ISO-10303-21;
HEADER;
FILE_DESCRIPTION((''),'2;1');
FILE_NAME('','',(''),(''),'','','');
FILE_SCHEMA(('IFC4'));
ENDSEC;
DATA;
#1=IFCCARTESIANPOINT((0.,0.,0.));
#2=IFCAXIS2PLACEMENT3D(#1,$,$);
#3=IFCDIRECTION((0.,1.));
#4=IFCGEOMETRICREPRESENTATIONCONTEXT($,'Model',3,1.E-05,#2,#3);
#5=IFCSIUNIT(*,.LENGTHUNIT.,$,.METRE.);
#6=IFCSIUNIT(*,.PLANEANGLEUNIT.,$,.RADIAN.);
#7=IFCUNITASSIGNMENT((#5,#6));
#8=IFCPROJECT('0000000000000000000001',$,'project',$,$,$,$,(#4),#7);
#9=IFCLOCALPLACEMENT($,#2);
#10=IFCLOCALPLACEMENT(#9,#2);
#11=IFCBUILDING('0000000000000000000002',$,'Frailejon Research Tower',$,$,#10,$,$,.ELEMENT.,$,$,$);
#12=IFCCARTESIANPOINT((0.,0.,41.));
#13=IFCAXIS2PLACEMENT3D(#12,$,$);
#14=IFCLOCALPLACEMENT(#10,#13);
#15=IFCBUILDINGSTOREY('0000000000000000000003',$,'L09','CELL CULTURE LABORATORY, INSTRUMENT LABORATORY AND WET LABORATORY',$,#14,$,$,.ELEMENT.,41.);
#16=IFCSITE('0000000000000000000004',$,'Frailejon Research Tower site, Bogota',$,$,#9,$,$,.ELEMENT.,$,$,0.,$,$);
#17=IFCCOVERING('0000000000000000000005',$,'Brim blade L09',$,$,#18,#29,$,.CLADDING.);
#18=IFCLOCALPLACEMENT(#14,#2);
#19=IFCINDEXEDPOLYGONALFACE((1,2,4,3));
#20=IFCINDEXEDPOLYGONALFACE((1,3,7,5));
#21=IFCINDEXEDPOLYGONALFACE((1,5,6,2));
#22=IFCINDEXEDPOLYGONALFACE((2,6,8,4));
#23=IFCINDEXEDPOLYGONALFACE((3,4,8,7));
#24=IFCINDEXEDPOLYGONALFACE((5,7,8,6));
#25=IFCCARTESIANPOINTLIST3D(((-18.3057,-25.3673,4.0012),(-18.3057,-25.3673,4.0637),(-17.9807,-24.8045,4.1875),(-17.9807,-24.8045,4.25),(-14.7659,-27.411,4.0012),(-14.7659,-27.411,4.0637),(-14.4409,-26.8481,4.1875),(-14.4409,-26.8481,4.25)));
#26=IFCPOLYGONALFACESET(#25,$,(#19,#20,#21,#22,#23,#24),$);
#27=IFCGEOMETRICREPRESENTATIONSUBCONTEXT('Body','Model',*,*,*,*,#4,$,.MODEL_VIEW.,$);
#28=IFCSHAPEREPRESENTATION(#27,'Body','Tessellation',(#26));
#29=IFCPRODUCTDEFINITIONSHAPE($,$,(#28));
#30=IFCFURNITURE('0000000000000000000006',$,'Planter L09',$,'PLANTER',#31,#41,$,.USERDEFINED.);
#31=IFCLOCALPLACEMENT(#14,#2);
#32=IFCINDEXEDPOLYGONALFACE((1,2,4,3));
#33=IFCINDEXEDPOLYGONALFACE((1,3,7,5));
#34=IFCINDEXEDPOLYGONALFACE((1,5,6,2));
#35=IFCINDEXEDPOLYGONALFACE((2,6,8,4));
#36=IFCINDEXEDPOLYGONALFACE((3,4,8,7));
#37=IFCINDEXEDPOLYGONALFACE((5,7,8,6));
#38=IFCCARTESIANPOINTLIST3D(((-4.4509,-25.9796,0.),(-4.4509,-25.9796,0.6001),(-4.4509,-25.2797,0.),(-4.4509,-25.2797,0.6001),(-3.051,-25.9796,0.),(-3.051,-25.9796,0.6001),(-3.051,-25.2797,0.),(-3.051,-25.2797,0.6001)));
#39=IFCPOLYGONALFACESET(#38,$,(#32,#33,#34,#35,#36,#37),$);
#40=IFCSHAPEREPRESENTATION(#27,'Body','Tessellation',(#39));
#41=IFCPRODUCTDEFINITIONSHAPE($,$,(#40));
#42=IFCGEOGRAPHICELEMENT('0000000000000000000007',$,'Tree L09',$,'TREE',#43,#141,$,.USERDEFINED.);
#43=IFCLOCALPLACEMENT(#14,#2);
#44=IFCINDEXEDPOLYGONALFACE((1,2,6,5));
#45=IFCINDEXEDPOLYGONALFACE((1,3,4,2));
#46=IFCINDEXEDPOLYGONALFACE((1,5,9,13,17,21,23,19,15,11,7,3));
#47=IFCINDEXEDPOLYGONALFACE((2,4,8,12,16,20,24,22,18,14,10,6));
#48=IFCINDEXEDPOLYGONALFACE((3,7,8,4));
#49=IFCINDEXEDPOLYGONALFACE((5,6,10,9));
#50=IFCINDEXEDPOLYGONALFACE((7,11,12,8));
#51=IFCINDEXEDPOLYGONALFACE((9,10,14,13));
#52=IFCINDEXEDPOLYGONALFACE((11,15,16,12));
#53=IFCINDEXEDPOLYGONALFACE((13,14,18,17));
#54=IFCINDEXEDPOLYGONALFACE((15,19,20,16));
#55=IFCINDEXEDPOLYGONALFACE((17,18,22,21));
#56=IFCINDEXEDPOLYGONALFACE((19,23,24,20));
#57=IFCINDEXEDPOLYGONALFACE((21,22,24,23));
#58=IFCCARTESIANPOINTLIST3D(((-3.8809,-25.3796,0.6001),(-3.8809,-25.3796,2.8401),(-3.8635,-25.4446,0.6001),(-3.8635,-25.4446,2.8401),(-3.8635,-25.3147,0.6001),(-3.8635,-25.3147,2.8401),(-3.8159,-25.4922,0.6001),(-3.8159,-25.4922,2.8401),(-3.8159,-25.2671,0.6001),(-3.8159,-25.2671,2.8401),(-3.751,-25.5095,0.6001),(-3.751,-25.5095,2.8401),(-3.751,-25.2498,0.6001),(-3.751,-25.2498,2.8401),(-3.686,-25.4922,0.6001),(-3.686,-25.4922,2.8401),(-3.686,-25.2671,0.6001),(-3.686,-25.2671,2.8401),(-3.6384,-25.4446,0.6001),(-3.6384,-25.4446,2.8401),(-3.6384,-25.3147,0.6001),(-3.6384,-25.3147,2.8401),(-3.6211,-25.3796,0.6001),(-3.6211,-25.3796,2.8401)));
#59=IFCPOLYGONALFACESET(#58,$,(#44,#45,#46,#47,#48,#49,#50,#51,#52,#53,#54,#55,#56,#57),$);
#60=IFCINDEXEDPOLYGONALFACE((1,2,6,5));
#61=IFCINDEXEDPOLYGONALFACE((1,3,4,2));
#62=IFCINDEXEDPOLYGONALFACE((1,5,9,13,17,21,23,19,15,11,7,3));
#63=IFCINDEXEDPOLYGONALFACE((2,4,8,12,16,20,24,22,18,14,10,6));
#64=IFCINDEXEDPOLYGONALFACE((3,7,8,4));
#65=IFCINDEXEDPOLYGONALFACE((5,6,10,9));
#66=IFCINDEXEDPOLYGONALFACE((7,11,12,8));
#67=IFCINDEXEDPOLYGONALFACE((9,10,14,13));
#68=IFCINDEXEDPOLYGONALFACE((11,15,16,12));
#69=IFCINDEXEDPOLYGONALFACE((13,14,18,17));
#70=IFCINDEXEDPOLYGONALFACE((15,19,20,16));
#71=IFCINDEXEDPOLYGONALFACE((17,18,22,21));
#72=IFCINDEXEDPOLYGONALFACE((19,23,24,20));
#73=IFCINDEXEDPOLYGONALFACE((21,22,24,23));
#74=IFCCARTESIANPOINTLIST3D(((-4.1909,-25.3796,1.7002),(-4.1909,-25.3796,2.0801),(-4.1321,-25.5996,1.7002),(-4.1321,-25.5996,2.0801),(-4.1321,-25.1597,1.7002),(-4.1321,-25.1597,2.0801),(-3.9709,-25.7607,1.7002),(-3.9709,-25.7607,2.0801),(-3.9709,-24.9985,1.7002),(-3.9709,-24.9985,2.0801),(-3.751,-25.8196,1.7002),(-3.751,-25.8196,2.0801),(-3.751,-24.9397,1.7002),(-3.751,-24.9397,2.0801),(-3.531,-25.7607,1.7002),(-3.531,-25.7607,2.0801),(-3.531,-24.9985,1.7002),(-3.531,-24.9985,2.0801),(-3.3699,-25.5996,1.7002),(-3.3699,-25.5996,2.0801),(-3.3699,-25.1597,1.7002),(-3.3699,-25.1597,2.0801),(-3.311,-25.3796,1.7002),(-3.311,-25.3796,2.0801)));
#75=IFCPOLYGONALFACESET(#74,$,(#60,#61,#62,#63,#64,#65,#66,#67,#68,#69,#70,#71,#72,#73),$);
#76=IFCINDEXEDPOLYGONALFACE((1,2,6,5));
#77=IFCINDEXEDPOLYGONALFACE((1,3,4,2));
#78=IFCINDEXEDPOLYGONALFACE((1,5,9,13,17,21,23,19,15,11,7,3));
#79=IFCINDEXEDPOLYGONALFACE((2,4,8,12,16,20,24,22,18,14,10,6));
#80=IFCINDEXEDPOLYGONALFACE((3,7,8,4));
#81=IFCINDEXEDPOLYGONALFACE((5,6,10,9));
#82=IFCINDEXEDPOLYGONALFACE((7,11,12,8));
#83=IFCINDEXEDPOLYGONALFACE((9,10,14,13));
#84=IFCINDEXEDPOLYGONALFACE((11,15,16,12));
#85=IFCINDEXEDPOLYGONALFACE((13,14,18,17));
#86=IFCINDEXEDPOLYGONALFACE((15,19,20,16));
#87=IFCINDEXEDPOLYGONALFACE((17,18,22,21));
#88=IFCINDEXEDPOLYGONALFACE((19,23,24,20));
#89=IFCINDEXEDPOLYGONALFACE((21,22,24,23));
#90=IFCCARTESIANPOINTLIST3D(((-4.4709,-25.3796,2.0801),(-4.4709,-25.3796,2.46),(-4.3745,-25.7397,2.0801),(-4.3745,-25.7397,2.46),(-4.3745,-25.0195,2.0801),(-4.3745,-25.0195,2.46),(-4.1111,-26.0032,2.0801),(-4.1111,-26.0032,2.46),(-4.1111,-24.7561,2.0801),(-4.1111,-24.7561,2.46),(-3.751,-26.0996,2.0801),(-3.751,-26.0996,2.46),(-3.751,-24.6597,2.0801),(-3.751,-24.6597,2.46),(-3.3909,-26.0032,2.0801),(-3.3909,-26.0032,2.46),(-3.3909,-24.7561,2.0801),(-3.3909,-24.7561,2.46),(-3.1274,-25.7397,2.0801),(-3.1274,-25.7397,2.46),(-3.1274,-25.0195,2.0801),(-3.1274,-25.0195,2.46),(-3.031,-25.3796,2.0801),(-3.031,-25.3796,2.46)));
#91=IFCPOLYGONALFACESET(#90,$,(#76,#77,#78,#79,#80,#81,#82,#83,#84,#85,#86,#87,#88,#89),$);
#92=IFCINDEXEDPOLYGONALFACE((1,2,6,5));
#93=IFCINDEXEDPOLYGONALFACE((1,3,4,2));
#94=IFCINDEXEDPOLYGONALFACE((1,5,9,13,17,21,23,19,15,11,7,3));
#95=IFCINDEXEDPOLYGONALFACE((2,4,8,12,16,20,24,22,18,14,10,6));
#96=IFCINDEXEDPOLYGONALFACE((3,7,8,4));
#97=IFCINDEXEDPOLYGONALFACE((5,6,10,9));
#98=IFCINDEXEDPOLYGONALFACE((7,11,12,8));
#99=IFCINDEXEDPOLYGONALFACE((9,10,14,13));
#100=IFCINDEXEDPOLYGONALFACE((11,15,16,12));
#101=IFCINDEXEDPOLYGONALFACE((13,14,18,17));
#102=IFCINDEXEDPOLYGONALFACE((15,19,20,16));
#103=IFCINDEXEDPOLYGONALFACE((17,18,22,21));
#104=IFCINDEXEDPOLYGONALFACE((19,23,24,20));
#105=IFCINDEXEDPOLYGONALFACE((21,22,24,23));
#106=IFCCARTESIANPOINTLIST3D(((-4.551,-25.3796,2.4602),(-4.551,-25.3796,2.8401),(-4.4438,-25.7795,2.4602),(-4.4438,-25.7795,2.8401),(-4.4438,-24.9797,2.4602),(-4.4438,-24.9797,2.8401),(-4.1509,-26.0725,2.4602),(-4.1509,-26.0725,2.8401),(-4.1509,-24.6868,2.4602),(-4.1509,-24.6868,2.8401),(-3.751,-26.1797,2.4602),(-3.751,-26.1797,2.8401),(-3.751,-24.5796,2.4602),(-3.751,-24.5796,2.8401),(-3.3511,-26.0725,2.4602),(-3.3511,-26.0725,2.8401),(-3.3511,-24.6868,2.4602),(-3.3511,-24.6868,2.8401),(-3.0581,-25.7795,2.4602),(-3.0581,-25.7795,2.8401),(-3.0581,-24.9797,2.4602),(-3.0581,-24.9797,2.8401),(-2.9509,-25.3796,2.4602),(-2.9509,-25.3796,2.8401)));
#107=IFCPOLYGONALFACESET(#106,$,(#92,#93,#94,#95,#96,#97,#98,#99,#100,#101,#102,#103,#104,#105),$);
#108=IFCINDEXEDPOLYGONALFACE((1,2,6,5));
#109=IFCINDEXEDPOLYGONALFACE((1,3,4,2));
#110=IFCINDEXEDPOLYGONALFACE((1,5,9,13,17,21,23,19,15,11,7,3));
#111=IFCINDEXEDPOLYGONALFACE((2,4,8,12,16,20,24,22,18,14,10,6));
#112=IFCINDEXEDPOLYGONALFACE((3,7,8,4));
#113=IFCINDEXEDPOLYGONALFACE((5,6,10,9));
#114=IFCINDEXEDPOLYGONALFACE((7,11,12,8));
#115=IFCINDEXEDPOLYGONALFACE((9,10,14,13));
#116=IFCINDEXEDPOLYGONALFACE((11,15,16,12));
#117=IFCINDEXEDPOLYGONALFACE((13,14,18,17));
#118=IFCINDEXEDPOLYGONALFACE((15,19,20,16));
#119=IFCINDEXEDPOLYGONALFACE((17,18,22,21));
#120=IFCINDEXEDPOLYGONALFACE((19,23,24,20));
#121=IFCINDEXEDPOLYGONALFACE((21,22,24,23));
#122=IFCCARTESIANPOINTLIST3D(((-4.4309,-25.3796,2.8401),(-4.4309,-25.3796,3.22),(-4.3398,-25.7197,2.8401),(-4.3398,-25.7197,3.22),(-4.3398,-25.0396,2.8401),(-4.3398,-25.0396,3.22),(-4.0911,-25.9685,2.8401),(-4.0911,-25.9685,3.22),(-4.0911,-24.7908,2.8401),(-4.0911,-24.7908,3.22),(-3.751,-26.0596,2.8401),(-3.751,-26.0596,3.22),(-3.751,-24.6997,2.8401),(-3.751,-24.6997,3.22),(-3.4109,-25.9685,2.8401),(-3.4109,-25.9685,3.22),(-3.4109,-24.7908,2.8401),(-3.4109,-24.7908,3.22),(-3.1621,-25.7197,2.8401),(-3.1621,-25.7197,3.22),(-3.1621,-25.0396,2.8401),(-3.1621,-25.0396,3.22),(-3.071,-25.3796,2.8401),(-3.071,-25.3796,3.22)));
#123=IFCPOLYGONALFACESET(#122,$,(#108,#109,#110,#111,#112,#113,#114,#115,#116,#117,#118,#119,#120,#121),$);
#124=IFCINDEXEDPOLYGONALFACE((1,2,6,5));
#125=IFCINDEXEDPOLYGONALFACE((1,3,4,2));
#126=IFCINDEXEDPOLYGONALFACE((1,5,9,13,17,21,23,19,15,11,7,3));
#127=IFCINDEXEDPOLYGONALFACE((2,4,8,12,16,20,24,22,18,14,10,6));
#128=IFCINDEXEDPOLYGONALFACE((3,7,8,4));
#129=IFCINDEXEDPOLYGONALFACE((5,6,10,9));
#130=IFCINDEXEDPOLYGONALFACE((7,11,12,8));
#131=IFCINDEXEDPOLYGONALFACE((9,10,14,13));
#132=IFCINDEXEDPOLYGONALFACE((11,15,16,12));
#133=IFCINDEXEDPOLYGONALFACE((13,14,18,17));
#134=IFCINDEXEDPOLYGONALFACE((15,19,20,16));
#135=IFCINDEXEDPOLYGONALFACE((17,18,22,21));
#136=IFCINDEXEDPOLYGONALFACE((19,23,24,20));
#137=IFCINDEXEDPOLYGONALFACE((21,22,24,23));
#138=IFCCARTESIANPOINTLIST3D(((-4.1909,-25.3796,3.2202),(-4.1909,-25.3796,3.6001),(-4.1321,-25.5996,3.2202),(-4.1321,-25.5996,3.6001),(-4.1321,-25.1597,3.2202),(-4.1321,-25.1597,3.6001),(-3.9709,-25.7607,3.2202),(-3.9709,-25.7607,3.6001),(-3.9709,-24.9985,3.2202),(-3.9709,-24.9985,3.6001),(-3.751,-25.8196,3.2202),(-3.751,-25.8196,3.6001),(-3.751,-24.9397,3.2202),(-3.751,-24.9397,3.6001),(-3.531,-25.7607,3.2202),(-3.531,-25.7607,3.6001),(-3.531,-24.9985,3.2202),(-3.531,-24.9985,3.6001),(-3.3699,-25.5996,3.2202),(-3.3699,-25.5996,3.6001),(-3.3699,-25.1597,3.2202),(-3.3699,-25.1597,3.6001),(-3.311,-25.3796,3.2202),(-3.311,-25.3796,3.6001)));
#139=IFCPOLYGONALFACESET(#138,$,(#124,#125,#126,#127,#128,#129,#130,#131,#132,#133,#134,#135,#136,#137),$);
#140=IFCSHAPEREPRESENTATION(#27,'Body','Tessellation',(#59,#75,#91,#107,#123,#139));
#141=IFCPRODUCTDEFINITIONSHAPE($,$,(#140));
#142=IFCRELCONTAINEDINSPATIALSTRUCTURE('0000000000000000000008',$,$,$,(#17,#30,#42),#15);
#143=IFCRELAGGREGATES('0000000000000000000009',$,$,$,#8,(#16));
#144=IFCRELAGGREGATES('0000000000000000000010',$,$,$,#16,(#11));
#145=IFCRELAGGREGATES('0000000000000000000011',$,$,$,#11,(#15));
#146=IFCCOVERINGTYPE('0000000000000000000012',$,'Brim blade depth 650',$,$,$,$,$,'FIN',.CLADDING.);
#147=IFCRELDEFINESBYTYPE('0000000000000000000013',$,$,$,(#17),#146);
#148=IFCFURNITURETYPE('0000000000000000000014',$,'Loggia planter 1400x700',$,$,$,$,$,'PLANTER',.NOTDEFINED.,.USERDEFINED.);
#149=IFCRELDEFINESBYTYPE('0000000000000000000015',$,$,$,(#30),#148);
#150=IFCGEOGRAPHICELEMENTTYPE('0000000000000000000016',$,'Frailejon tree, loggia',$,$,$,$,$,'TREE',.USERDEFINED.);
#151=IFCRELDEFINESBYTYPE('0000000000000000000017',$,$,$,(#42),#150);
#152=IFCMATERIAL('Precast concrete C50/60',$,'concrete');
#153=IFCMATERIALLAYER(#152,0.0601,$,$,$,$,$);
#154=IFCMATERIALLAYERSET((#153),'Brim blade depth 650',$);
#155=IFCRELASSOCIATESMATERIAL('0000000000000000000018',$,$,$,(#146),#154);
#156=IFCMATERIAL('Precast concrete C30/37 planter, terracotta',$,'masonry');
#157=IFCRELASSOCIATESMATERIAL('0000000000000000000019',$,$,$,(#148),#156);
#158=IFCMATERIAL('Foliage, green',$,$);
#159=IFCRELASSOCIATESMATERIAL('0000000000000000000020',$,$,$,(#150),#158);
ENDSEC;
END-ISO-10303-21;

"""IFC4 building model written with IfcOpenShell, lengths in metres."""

from ifc_helpers import new_model, si_unit, direction, frame, origin, origin_2d, place, context, subcontext, project, spatial, polyline, rectangle, outline, extrude, material, layer, layer_set, type_object, element, save


model = new_model("IFC4")

# Units and contexts
model_context = context("Model", 3, precision=1e-05, world=origin(), true_north=direction((0.0, 1.0)))
body_context = subcontext(model_context, "Body", "Model", "MODEL_VIEW")
ifc_project = project(units=[si_unit("LENGTHUNIT", "METRE"), si_unit("PLANEANGLEUNIT", "RADIAN")], contexts=[model_context])

# Site, building, storey
site_placement = place(None, origin())
site = spatial("IfcSite", under=ifc_project, at=site_placement, Name="Frailejon Research Tower site, Bogota", CompositionType="ELEMENT", RefElevation=0.0)
building_placement = place(site_placement, origin())
building = spatial("IfcBuilding", under=site, at=building_placement, Name="Frailejon Research Tower", CompositionType="ELEMENT")
storey_placement = place(building_placement, frame((0.0, 0.0, 41.0)))
storey = spatial("IfcBuildingStorey", under=building, at=storey_placement, Name="L09", Description="CELL CULTURE LABORATORY, INSTRUMENT LABORATORY AND WET LABORATORY", CompositionType="ELEMENT", Elevation=41.0)

# Covering
ifc_material_1 = material(Name="Precast concrete C50/60", Category="concrete")
ifc_layer_1 = layer(ifc_material_1, 0.0601)
ifc_layer_set_1 = layer_set([ifc_layer_1], Name="Brim blade depth 650")
covering_type_1 = type_object("IfcCoveringType", Name="Brim blade depth 650", ElementType="FIN", PredefinedType="CLADDING", material=ifc_layer_set_1)
covering_1_placement = place(storey_placement, frame((-14.4409, -26.8481, 4.25), z_axis=(-0.866032, 0.499989, 0.0), x_axis=(-0.499989, -0.866032, 0.0)))
element("IfcCovering", 1, at=covering_1_placement, inside=storey, type_object=covering_type_1, Name="Brim blade L09", PredefinedType="CLADDING", context=body_context, shape_type="SweptSolid", body=[
    extrude(outline(polyline([(0.0, -0.0625), (0.6499, -0.2488), (0.6499, -0.1863), (0.0, 0.0), (0.0, -0.0625)])), origin(), (0.0, 0.0, 1.0), 4.0874),
])

# Furniture
ifc_material_2 = material(Name="Precast concrete C30/37 planter, terracotta", Category="masonry")
furniture_type = type_object("IfcFurnitureType", Name="Loggia planter 1400x700", ElementType="PLANTER", AssemblyPlace="NOTDEFINED", PredefinedType="USERDEFINED", material=ifc_material_2)
furniture_placement = place(storey_placement, frame((-3.751, -25.6296, 0.0), z_axis=(0.0, 0.0, 1.0), x_axis=(1.0, 0.0, 0.0)))
element("IfcFurniture", 2, at=furniture_placement, inside=storey, type_object=furniture_type, Name="Planter L09", ObjectType="PLANTER", PredefinedType="USERDEFINED", context=body_context, shape_type="SweptSolid", body=[
    extrude(rectangle(XDim=1.3999, YDim=0.7, at=origin_2d()), origin(), (0.0, 0.0, 1.0), 0.6001),
])

# Geographic element
ifc_material_3 = material(Name="Foliage, green")
geographic_element_type = type_object("IfcGeographicElementType", Name="Frailejon tree, loggia", ElementType="TREE", PredefinedType="USERDEFINED", material=ifc_material_3)
geographic_element_placement = place(storey_placement, frame((-3.751, -25.3796, 0.6001)))
element("IfcGeographicElement", 3, at=geographic_element_placement, inside=storey, type_object=geographic_element_type, Name="Tree L09", ObjectType="TREE", PredefinedType="USERDEFINED", context=body_context, shape_type="SweptSolid", body=[
    extrude(outline(polyline([(0.1299, 0.0), (0.1125, 0.0649), (0.0649, 0.1125), (0.0, 0.1299), (-0.0649, 0.1125), (-0.1125, 0.0649), (-0.1299, 0.0), (-0.1125, -0.0649), (-0.0649, -0.1125), (0.0, -0.1299), (0.0649, -0.1125), (0.1125, -0.0649), (0.1299, 0.0)])), origin(), (0.0, 0.0, 1.0), 2.24),
    extrude(outline(polyline([(0.4399, 0.0), (0.3811, 0.22), (0.22, 0.3811), (0.0, 0.4399), (-0.22, 0.3811), (-0.3811, 0.22), (-0.4399, 0.0), (-0.3811, -0.22), (-0.22, -0.3811), (0.0, -0.4399), (0.22, -0.3811), (0.3811, -0.22), (0.4399, 0.0)])), frame((0.0, 0.0, 1.1001)), (0.0, 0.0, 1.0), 0.3799),
    extrude(outline(polyline([(0.72, 0.0), (0.6235, 0.3601), (0.3601, 0.6235), (0.0, 0.72), (-0.3601, 0.6235), (-0.6235, 0.3601), (-0.72, 0.0), (-0.6235, -0.3601), (-0.3601, -0.6235), (0.0, -0.72), (0.3601, -0.6235), (0.6235, -0.3601), (0.72, 0.0)])), frame((0.0, 0.0, 1.48)), (0.0, 0.0, 1.0), 0.3799),
    extrude(outline(polyline([(0.8, 0.0), (0.6929, 0.3999), (0.3999, 0.6929), (0.0, 0.8), (-0.3999, 0.6929), (-0.6929, 0.3999), (-0.8, 0.0), (-0.6929, -0.3999), (-0.3999, -0.6929), (0.0, -0.8), (0.3999, -0.6929), (0.6929, -0.3999), (0.8, 0.0)])), frame((0.0, 0.0, 1.8601)), (0.0, 0.0, 1.0), 0.3799),
    extrude(outline(polyline([(0.6799, 0.0), (0.5889, 0.3401), (0.3401, 0.5889), (0.0, 0.6799), (-0.3401, 0.5889), (-0.5889, 0.3401), (-0.6799, 0.0), (-0.5889, -0.3401), (-0.3401, -0.5889), (0.0, -0.6799), (0.3401, -0.5889), (0.5889, -0.3401), (0.6799, 0.0)])), frame((0.0, 0.0, 2.24)), (0.0, 0.0, 1.0), 0.3799),
    extrude(outline(polyline([(0.4399, 0.0), (0.3811, 0.22), (0.22, 0.3811), (0.0, 0.4399), (-0.22, 0.3811), (-0.3811, 0.22), (-0.4399, 0.0), (-0.3811, -0.22), (-0.22, -0.3811), (0.0, -0.4399), (0.22, -0.3811), (0.3811, -0.22), (0.4399, 0.0)])), frame((0.0, 0.0, 2.6201)), (0.0, 0.0, 1.0), 0.3799),
])

save(model, "model.ifc")
